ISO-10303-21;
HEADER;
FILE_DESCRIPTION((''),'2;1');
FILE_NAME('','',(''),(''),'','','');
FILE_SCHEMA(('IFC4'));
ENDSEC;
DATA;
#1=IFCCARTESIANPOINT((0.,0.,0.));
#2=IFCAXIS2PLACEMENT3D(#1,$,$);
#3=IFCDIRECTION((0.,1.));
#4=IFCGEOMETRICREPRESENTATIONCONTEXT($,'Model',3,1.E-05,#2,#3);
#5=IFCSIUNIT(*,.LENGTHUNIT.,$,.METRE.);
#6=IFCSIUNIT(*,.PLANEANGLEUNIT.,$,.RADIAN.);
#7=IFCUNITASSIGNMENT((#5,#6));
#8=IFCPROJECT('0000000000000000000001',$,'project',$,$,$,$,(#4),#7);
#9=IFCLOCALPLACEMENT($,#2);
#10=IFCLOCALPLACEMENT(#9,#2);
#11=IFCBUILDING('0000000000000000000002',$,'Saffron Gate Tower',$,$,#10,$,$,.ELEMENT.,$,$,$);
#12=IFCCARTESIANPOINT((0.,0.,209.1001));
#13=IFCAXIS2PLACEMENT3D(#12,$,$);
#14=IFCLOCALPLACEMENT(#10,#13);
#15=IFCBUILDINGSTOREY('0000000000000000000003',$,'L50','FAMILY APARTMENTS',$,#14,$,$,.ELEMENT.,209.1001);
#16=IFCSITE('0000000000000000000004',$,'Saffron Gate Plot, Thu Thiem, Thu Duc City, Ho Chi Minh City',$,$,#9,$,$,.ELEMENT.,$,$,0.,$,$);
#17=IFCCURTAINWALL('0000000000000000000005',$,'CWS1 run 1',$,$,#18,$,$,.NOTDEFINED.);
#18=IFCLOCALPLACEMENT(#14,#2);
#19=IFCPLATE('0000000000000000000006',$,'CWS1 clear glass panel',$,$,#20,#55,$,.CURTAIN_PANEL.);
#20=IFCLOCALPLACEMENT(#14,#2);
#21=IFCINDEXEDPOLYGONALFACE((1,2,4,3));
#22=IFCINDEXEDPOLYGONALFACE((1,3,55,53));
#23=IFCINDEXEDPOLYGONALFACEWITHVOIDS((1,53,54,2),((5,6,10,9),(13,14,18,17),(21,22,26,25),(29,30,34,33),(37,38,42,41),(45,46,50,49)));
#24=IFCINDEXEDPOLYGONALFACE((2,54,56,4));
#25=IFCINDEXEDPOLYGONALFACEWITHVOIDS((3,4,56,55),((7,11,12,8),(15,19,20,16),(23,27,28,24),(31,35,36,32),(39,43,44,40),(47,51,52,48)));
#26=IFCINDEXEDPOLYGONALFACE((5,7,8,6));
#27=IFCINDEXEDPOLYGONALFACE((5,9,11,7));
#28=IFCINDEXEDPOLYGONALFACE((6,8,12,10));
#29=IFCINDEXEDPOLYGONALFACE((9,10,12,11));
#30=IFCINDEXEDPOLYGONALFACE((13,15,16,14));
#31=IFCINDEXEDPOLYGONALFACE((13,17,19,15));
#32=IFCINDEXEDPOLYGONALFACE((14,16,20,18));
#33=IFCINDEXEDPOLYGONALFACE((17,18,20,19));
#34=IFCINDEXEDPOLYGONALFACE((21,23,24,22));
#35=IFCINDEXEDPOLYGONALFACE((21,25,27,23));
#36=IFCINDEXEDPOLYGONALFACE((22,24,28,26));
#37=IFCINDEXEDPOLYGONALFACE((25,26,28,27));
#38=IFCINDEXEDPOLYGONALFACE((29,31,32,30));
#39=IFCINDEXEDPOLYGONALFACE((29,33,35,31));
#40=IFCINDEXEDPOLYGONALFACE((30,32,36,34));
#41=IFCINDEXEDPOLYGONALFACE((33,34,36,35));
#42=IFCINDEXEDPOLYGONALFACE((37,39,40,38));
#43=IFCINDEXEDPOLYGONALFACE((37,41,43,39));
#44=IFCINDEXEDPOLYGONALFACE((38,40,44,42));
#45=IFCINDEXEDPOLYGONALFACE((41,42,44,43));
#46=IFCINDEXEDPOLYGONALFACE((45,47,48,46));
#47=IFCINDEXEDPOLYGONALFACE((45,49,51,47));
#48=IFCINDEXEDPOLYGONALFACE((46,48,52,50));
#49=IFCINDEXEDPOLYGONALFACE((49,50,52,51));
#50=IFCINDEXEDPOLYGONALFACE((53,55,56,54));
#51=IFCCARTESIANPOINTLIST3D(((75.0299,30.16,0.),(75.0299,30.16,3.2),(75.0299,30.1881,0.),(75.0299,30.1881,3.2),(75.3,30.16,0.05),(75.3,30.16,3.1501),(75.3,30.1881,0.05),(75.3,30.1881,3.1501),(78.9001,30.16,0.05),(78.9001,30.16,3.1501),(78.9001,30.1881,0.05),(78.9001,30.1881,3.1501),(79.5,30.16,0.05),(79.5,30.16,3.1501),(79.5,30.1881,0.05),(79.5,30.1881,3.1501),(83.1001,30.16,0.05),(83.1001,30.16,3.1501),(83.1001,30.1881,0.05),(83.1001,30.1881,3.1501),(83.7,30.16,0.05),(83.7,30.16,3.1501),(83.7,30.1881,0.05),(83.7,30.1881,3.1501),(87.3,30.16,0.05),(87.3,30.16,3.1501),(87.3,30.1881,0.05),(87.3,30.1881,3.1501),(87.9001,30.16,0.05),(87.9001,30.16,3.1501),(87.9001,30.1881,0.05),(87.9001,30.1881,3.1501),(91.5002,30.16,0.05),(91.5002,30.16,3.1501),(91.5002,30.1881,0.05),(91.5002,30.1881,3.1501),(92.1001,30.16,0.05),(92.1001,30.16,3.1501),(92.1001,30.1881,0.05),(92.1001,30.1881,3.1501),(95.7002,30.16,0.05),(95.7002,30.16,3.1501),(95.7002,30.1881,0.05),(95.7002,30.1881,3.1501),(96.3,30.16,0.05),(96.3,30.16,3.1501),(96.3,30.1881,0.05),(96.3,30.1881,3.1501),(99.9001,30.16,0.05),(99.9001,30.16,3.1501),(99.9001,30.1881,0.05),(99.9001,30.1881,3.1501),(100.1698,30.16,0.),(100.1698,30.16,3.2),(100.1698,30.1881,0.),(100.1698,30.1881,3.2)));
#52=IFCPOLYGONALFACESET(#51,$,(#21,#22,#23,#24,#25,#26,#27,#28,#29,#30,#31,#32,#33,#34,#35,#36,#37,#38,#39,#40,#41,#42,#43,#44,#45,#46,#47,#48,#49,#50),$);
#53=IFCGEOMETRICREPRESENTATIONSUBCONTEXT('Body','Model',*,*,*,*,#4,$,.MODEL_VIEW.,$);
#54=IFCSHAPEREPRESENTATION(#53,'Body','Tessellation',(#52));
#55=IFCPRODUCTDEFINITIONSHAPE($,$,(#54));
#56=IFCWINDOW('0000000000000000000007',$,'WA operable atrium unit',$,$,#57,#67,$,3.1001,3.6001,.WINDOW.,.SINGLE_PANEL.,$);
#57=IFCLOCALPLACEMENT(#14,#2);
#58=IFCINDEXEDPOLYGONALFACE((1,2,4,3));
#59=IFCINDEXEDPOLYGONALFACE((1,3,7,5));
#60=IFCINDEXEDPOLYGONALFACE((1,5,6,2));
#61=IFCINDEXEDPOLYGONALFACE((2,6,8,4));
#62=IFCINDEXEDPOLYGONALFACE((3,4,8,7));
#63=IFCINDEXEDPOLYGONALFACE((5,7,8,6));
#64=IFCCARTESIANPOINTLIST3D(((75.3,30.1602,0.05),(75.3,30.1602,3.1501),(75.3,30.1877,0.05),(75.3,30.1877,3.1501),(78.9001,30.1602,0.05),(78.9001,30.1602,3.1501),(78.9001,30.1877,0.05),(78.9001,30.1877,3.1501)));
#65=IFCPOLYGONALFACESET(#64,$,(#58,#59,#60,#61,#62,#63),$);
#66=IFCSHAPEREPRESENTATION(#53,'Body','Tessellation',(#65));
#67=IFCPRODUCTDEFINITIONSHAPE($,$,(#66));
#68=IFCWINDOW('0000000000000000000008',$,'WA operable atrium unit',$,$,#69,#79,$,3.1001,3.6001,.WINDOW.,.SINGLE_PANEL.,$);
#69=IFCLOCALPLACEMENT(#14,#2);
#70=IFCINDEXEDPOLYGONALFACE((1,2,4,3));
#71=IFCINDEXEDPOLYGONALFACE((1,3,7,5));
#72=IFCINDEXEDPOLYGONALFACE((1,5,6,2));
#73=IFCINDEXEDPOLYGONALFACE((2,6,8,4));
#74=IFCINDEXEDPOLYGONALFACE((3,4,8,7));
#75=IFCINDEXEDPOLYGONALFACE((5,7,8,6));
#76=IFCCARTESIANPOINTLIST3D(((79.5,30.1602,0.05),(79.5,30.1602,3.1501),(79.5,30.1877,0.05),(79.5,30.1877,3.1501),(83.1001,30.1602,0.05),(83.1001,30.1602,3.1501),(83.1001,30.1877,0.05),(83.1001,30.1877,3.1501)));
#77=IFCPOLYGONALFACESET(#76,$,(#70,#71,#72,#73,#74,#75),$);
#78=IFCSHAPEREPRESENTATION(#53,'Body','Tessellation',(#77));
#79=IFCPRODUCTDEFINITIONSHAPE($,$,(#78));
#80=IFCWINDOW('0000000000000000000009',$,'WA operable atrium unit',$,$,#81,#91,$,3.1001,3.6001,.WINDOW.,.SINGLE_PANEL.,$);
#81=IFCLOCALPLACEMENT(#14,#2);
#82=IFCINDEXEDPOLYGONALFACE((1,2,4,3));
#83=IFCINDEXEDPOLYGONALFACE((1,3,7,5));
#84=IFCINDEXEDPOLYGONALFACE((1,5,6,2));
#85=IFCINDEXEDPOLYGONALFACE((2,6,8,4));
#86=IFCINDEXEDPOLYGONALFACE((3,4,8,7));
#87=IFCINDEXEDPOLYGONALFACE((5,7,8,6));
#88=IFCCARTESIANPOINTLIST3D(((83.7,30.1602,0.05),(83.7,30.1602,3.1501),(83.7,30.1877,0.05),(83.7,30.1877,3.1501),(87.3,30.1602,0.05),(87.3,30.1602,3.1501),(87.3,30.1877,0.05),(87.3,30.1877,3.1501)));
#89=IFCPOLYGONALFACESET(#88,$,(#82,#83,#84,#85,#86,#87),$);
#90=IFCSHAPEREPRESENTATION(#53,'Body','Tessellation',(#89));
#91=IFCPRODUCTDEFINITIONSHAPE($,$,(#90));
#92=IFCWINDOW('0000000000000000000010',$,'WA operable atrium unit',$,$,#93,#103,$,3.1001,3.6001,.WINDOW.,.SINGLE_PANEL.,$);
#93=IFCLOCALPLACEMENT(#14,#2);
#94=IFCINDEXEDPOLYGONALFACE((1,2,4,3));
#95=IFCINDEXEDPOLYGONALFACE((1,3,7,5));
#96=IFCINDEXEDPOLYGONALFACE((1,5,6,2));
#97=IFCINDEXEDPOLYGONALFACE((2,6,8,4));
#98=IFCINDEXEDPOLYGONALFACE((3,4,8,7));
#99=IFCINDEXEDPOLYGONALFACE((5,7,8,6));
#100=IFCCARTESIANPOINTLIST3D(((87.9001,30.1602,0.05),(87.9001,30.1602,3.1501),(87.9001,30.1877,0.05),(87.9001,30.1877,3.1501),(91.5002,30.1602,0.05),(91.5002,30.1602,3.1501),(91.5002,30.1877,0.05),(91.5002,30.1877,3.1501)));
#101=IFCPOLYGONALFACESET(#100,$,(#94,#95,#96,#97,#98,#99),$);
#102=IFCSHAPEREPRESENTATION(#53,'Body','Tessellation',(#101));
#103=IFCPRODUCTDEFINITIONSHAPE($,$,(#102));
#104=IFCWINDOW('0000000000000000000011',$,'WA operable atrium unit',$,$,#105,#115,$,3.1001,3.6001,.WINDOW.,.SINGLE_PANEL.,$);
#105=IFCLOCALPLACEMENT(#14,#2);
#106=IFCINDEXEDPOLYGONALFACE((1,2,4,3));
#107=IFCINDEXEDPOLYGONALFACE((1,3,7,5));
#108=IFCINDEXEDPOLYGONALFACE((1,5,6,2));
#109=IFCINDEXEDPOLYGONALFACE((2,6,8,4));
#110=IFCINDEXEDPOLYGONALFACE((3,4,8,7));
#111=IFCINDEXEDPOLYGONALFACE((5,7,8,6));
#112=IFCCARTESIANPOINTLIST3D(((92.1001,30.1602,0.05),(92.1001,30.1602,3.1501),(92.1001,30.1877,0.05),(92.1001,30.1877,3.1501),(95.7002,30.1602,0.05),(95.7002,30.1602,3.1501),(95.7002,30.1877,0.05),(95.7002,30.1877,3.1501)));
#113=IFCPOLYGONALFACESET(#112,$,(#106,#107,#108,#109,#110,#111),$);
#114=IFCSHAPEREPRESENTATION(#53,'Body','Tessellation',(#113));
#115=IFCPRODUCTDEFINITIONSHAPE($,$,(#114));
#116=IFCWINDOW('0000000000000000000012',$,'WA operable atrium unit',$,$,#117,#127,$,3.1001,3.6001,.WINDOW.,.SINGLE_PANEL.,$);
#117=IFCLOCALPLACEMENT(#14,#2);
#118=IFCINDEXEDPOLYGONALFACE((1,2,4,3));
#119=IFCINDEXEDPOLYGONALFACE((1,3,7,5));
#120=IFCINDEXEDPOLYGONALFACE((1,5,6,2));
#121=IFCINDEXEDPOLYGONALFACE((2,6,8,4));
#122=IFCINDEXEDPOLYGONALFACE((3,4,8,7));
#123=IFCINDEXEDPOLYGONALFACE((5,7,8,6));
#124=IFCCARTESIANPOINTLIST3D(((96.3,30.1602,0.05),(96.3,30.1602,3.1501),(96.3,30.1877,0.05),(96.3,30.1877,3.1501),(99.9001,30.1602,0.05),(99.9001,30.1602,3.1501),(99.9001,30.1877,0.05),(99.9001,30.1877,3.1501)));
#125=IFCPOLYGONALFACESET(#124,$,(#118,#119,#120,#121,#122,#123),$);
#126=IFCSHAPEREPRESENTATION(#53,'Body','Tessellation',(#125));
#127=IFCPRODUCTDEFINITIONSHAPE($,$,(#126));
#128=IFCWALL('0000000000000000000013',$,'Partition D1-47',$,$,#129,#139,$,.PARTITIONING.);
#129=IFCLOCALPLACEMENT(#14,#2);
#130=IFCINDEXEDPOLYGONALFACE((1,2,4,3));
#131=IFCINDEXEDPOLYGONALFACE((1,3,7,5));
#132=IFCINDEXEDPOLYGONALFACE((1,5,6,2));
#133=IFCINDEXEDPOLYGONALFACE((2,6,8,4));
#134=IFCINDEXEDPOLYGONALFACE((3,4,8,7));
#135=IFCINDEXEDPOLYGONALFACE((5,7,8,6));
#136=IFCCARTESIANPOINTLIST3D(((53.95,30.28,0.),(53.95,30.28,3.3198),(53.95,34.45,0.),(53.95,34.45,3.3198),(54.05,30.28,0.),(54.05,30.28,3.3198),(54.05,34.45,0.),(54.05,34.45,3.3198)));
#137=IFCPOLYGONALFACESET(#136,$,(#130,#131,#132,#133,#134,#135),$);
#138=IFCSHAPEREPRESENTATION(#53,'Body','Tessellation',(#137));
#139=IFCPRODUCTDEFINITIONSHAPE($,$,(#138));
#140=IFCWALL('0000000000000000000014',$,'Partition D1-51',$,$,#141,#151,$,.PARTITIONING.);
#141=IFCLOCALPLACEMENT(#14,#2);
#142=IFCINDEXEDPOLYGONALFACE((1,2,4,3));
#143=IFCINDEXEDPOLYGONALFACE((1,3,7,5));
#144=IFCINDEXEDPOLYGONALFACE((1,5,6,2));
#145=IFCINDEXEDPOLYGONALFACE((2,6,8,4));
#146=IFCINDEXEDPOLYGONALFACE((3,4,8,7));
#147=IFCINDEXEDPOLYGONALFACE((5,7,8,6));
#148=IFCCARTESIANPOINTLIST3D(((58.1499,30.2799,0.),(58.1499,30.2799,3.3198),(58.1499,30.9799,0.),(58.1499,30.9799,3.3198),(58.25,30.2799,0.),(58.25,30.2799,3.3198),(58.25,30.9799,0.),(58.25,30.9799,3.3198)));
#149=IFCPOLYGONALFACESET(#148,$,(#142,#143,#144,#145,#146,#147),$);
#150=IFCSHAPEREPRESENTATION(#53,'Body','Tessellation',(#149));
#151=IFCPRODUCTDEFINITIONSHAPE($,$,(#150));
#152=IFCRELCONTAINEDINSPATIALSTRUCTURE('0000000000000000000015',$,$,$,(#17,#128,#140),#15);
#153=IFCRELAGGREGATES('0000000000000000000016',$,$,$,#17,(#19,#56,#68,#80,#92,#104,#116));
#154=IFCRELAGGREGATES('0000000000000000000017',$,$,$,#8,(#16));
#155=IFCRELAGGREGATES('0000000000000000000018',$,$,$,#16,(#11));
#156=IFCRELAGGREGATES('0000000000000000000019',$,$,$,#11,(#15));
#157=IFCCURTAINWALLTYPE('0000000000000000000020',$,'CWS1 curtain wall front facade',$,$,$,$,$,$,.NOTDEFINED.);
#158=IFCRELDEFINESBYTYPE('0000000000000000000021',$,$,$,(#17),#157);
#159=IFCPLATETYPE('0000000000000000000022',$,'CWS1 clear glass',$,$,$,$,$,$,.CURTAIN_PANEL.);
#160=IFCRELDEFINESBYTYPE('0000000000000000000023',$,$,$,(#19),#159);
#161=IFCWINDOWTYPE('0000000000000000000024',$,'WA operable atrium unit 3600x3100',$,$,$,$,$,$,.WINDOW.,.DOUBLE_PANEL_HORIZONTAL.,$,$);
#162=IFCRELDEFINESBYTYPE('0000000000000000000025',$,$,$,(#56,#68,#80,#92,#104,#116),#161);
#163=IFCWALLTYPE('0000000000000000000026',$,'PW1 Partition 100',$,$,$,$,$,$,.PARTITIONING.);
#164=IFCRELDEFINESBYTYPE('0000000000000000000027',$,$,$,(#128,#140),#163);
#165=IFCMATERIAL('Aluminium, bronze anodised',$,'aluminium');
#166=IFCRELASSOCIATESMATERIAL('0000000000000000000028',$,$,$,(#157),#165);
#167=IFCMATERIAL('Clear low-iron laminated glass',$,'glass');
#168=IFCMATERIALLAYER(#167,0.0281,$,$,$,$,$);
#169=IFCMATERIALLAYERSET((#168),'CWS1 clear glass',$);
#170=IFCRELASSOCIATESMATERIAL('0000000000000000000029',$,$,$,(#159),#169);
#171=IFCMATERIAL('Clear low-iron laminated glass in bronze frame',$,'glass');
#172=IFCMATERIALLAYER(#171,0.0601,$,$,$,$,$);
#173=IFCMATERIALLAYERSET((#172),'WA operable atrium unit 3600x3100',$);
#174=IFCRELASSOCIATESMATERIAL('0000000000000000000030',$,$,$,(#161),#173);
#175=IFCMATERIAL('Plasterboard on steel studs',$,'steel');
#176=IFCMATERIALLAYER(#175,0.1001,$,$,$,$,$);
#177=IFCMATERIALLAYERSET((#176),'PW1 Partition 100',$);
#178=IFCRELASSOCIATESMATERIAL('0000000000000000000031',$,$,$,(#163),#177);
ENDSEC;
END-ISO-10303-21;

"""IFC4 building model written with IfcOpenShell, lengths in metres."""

from ifc_helpers import new_model, si_unit, direction, frame, frame_2d, origin, place, context, subcontext, project, spatial, rectangle, extrude, material, layer, layer_set, type_object, element, fill, aggregate, save


model = new_model("IFC4")

# Units and contexts
model_context = context("Model", 3, precision=1e-05, world=origin(), true_north=direction((0.0, 1.0)))
body_context = subcontext(model_context, "Body", "Model", "MODEL_VIEW")
ifc_project = project(units=[si_unit("LENGTHUNIT", "METRE"), si_unit("PLANEANGLEUNIT", "RADIAN")], contexts=[model_context])

# Site, building, storey
site_placement = place(None, origin())
site = spatial("IfcSite", under=ifc_project, at=site_placement, Name="Saffron Gate Plot, Thu Thiem, Thu Duc City, Ho Chi Minh City", CompositionType="ELEMENT", RefElevation=0.0)
building_placement = place(site_placement, origin())
building = spatial("IfcBuilding", under=site, at=building_placement, Name="Saffron Gate Tower", CompositionType="ELEMENT")
storey_placement = place(building_placement, frame((0.0, 0.0, 209.1001)))
storey = spatial("IfcBuildingStorey", under=building, at=storey_placement, Name="L50", Description="FAMILY APARTMENTS", CompositionType="ELEMENT", Elevation=209.1001)

# Curtain wall, plate, openings, windows
ifc_material_1 = material(Name="Aluminium, bronze anodised", Category="aluminium")
curtain_wall_type = type_object("IfcCurtainWallType", Name="CWS1 curtain wall front facade", PredefinedType="NOTDEFINED", material=ifc_material_1)
curtain_wall_placement = place(storey_placement, origin())
curtain_wall = element("IfcCurtainWall", 1, at=curtain_wall_placement, inside=storey, type_object=curtain_wall_type, Name="CWS1 run 1", PredefinedType="NOTDEFINED")
ifc_material_2 = material(Name="Clear low-iron laminated glass", Category="glass")
ifc_layer_1 = layer(ifc_material_2, 0.0281)
ifc_layer_set_1 = layer_set([ifc_layer_1], Name="CWS1 clear glass")
plate_type = type_object("IfcPlateType", Name="CWS1 clear glass", PredefinedType="CURTAIN_PANEL", material=ifc_layer_set_1)
plate_placement = place(storey_placement, frame((75.03, 30.1741, 0.0), z_axis=(0.0, 0.0, 1.0), x_axis=(1.0, 0.0, 0.0)))
plate = element("IfcPlate", 2, at=plate_placement, type_object=plate_type, Name="CWS1 clear glass panel", PredefinedType="CURTAIN_PANEL", context=body_context, shape_type="SweptSolid", body=[
    extrude(rectangle(XDim=25.1399, YDim=0.0281, at=frame_2d((12.5698, 0.0))), origin(), (0.0, 0.0, 1.0), 3.2),
])
opening_1_placement = place(plate_placement, frame((0.27, 0.0, 0.05)))
opening_1 = element("IfcOpeningElement", 3, at=opening_1_placement, cuts=plate, PredefinedType="OPENING", context=body_context, shape_type="SweptSolid", body=[
    extrude(rectangle(XDim=3.6001, YDim=3.1001, at=frame_2d((1.8, 1.55))), frame((0.0, 0.0239, 0.0), z_axis=(0.0, -1.0, 0.0), x_axis=(1.0, 0.0, 0.0)), (0.0, 0.0, 1.0), 0.0481),
])
opening_2_placement = place(plate_placement, frame((4.47, 0.0, 0.05)))
opening_2 = element("IfcOpeningElement", 4, at=opening_2_placement, cuts=plate, PredefinedType="OPENING", context=body_context, shape_type="SweptSolid", body=[
    extrude(rectangle(XDim=3.6001, YDim=3.1001, at=frame_2d((1.8, 1.55))), frame((0.0, 0.0239, 0.0), z_axis=(0.0, -1.0, 0.0), x_axis=(1.0, 0.0, 0.0)), (0.0, 0.0, 1.0), 0.0481),
])
opening_3_placement = place(plate_placement, frame((8.6699, 0.0, 0.05)))
opening_3 = element("IfcOpeningElement", 5, at=opening_3_placement, cuts=plate, PredefinedType="OPENING", context=body_context, shape_type="SweptSolid", body=[
    extrude(rectangle(XDim=3.6001, YDim=3.1001, at=frame_2d((1.8, 1.55))), frame((0.0, 0.0239, 0.0), z_axis=(0.0, -1.0, 0.0), x_axis=(1.0, 0.0, 0.0)), (0.0, 0.0, 1.0), 0.0481),
])
opening_4_placement = place(plate_placement, frame((12.8701, 0.0, 0.05)))
opening_4 = element("IfcOpeningElement", 6, at=opening_4_placement, cuts=plate, PredefinedType="OPENING", context=body_context, shape_type="SweptSolid", body=[
    extrude(rectangle(XDim=3.6001, YDim=3.1001, at=frame_2d((1.8, 1.55))), frame((0.0, 0.0239, 0.0), z_axis=(0.0, -1.0, 0.0), x_axis=(1.0, 0.0, 0.0)), (0.0, 0.0, 1.0), 0.0481),
])
opening_5_placement = place(plate_placement, frame((17.0701, 0.0, 0.05)))
opening_5 = element("IfcOpeningElement", 7, at=opening_5_placement, cuts=plate, PredefinedType="OPENING", context=body_context, shape_type="SweptSolid", body=[
    extrude(rectangle(XDim=3.6001, YDim=3.1001, at=frame_2d((1.8, 1.55))), frame((0.0, 0.0239, 0.0), z_axis=(0.0, -1.0, 0.0), x_axis=(1.0, 0.0, 0.0)), (0.0, 0.0, 1.0), 0.0481),
])
opening_6_placement = place(plate_placement, frame((21.27, 0.0, 0.05)))
opening_6 = element("IfcOpeningElement", 8, at=opening_6_placement, cuts=plate, PredefinedType="OPENING", context=body_context, shape_type="SweptSolid", body=[
    extrude(rectangle(XDim=3.6001, YDim=3.1001, at=frame_2d((1.8, 1.55))), frame((0.0, 0.0239, 0.0), z_axis=(0.0, -1.0, 0.0), x_axis=(1.0, 0.0, 0.0)), (0.0, 0.0, 1.0), 0.0481),
])
ifc_material_3 = material(Name="Clear low-iron laminated glass in bronze frame", Category="glass")
ifc_layer_2 = layer(ifc_material_3, 0.0601)
ifc_layer_set_2 = layer_set([ifc_layer_2], Name="WA operable atrium unit 3600x3100")
window_type = type_object("IfcWindowType", Name="WA operable atrium unit 3600x3100", PartitioningType="DOUBLE_PANEL_HORIZONTAL", PredefinedType="WINDOW", material=ifc_layer_set_2)
window_1_placement = place(opening_1_placement, origin())
window_1 = element("IfcWindow", 9, at=window_1_placement, type_object=window_type, Name="WA operable atrium unit", OverallHeight=3.1001, OverallWidth=3.6001, PartitioningType="SINGLE_PANEL", PredefinedType="WINDOW", context=body_context, shape_type="SweptSolid", body=[
    extrude(rectangle(XDim=3.6001, YDim=3.1001, at=frame_2d((1.8, 1.55))), frame((0.0, 0.0137, 0.0), z_axis=(0.0, -1.0, 0.0), x_axis=(1.0, 0.0, 0.0)), (0.0, 0.0, 1.0), 0.0276),
])
fill(opening_1, window_1)
window_2_placement = place(opening_2_placement, origin())
window_2 = element("IfcWindow", 10, at=window_2_placement, type_object=window_type, Name="WA operable atrium unit", OverallHeight=3.1001, OverallWidth=3.6001, PartitioningType="SINGLE_PANEL", PredefinedType="WINDOW", context=body_context, shape_type="SweptSolid", body=[
    extrude(rectangle(XDim=3.6001, YDim=3.1001, at=frame_2d((1.8, 1.55))), frame((0.0, 0.0137, 0.0), z_axis=(0.0, -1.0, 0.0), x_axis=(1.0, 0.0, 0.0)), (0.0, 0.0, 1.0), 0.0276),
])
fill(opening_2, window_2)
window_3_placement = place(opening_3_placement, origin())
window_3 = element("IfcWindow", 11, at=window_3_placement, type_object=window_type, Name="WA operable atrium unit", OverallHeight=3.1001, OverallWidth=3.6001, PartitioningType="SINGLE_PANEL", PredefinedType="WINDOW", context=body_context, shape_type="SweptSolid", body=[
    extrude(rectangle(XDim=3.6001, YDim=3.1001, at=frame_2d((1.8, 1.55))), frame((0.0, 0.0137, 0.0), z_axis=(0.0, -1.0, 0.0), x_axis=(1.0, 0.0, 0.0)), (0.0, 0.0, 1.0), 0.0276),
])
fill(opening_3, window_3)
window_4_placement = place(opening_4_placement, origin())
window_4 = element("IfcWindow", 12, at=window_4_placement, type_object=window_type, Name="WA operable atrium unit", OverallHeight=3.1001, OverallWidth=3.6001, PartitioningType="SINGLE_PANEL", PredefinedType="WINDOW", context=body_context, shape_type="SweptSolid", body=[
    extrude(rectangle(XDim=3.6001, YDim=3.1001, at=frame_2d((1.8, 1.55))), frame((0.0, 0.0137, 0.0), z_axis=(0.0, -1.0, 0.0), x_axis=(1.0, 0.0, 0.0)), (0.0, 0.0, 1.0), 0.0276),
])
fill(opening_4, window_4)
window_5_placement = place(opening_5_placement, origin())
window_5 = element("IfcWindow", 13, at=window_5_placement, type_object=window_type, Name="WA operable atrium unit", OverallHeight=3.1001, OverallWidth=3.6001, PartitioningType="SINGLE_PANEL", PredefinedType="WINDOW", context=body_context, shape_type="SweptSolid", body=[
    extrude(rectangle(XDim=3.6001, YDim=3.1001, at=frame_2d((1.8, 1.55))), frame((0.0, 0.0137, 0.0), z_axis=(0.0, -1.0, 0.0), x_axis=(1.0, 0.0, 0.0)), (0.0, 0.0, 1.0), 0.0276),
])
fill(opening_5, window_5)
window_6_placement = place(opening_6_placement, origin())
window_6 = element("IfcWindow", 14, at=window_6_placement, type_object=window_type, Name="WA operable atrium unit", OverallHeight=3.1001, OverallWidth=3.6001, PartitioningType="SINGLE_PANEL", PredefinedType="WINDOW", context=body_context, shape_type="SweptSolid", body=[
    extrude(rectangle(XDim=3.6001, YDim=3.1001, at=frame_2d((1.8, 1.55))), frame((0.0, 0.0137, 0.0), z_axis=(0.0, -1.0, 0.0), x_axis=(1.0, 0.0, 0.0)), (0.0, 0.0, 1.0), 0.0276),
])
fill(opening_6, window_6)
aggregate(curtain_wall, [plate, window_1, window_2, window_3, window_4, window_5, window_6])

# Walls
ifc_material_4 = material(Name="Plasterboard on steel studs", Category="steel")
ifc_layer_3 = layer(ifc_material_4, 0.1001)
ifc_layer_set_3 = layer_set([ifc_layer_3], Name="PW1 Partition 100")
wall_type_1 = type_object("IfcWallType", Name="PW1 Partition 100", PredefinedType="PARTITIONING", material=ifc_layer_set_3)
wall_1_placement = place(storey_placement, frame((54.0, 34.45, 0.0), z_axis=(0.0, 0.0, 1.0), x_axis=(0.0, -1.0, 0.0)))
element("IfcWall", 15, at=wall_1_placement, inside=storey, type_object=wall_type_1, Name="Partition D1-47", PredefinedType="PARTITIONING", context=body_context, shape_type="SweptSolid", body=[
    extrude(rectangle(XDim=4.1699, YDim=0.1001, at=frame_2d((2.085, 0.0))), origin(), (0.0, 0.0, 1.0), 3.3198),
])
wall_2_placement = place(storey_placement, frame((58.2, 30.98, 0.0), z_axis=(0.0, 0.0, 1.0), x_axis=(0.0, -1.0, 0.0)))
element("IfcWall", 16, at=wall_2_placement, inside=storey, type_object=wall_type_1, Name="Partition D1-51", PredefinedType="PARTITIONING", context=body_context, shape_type="SweptSolid", body=[
    extrude(rectangle(XDim=0.7, YDim=0.1001, at=frame_2d((0.3501, 0.0))), origin(), (0.0, 0.0, 1.0), 3.3198),
])

save(model, "model.ifc")
